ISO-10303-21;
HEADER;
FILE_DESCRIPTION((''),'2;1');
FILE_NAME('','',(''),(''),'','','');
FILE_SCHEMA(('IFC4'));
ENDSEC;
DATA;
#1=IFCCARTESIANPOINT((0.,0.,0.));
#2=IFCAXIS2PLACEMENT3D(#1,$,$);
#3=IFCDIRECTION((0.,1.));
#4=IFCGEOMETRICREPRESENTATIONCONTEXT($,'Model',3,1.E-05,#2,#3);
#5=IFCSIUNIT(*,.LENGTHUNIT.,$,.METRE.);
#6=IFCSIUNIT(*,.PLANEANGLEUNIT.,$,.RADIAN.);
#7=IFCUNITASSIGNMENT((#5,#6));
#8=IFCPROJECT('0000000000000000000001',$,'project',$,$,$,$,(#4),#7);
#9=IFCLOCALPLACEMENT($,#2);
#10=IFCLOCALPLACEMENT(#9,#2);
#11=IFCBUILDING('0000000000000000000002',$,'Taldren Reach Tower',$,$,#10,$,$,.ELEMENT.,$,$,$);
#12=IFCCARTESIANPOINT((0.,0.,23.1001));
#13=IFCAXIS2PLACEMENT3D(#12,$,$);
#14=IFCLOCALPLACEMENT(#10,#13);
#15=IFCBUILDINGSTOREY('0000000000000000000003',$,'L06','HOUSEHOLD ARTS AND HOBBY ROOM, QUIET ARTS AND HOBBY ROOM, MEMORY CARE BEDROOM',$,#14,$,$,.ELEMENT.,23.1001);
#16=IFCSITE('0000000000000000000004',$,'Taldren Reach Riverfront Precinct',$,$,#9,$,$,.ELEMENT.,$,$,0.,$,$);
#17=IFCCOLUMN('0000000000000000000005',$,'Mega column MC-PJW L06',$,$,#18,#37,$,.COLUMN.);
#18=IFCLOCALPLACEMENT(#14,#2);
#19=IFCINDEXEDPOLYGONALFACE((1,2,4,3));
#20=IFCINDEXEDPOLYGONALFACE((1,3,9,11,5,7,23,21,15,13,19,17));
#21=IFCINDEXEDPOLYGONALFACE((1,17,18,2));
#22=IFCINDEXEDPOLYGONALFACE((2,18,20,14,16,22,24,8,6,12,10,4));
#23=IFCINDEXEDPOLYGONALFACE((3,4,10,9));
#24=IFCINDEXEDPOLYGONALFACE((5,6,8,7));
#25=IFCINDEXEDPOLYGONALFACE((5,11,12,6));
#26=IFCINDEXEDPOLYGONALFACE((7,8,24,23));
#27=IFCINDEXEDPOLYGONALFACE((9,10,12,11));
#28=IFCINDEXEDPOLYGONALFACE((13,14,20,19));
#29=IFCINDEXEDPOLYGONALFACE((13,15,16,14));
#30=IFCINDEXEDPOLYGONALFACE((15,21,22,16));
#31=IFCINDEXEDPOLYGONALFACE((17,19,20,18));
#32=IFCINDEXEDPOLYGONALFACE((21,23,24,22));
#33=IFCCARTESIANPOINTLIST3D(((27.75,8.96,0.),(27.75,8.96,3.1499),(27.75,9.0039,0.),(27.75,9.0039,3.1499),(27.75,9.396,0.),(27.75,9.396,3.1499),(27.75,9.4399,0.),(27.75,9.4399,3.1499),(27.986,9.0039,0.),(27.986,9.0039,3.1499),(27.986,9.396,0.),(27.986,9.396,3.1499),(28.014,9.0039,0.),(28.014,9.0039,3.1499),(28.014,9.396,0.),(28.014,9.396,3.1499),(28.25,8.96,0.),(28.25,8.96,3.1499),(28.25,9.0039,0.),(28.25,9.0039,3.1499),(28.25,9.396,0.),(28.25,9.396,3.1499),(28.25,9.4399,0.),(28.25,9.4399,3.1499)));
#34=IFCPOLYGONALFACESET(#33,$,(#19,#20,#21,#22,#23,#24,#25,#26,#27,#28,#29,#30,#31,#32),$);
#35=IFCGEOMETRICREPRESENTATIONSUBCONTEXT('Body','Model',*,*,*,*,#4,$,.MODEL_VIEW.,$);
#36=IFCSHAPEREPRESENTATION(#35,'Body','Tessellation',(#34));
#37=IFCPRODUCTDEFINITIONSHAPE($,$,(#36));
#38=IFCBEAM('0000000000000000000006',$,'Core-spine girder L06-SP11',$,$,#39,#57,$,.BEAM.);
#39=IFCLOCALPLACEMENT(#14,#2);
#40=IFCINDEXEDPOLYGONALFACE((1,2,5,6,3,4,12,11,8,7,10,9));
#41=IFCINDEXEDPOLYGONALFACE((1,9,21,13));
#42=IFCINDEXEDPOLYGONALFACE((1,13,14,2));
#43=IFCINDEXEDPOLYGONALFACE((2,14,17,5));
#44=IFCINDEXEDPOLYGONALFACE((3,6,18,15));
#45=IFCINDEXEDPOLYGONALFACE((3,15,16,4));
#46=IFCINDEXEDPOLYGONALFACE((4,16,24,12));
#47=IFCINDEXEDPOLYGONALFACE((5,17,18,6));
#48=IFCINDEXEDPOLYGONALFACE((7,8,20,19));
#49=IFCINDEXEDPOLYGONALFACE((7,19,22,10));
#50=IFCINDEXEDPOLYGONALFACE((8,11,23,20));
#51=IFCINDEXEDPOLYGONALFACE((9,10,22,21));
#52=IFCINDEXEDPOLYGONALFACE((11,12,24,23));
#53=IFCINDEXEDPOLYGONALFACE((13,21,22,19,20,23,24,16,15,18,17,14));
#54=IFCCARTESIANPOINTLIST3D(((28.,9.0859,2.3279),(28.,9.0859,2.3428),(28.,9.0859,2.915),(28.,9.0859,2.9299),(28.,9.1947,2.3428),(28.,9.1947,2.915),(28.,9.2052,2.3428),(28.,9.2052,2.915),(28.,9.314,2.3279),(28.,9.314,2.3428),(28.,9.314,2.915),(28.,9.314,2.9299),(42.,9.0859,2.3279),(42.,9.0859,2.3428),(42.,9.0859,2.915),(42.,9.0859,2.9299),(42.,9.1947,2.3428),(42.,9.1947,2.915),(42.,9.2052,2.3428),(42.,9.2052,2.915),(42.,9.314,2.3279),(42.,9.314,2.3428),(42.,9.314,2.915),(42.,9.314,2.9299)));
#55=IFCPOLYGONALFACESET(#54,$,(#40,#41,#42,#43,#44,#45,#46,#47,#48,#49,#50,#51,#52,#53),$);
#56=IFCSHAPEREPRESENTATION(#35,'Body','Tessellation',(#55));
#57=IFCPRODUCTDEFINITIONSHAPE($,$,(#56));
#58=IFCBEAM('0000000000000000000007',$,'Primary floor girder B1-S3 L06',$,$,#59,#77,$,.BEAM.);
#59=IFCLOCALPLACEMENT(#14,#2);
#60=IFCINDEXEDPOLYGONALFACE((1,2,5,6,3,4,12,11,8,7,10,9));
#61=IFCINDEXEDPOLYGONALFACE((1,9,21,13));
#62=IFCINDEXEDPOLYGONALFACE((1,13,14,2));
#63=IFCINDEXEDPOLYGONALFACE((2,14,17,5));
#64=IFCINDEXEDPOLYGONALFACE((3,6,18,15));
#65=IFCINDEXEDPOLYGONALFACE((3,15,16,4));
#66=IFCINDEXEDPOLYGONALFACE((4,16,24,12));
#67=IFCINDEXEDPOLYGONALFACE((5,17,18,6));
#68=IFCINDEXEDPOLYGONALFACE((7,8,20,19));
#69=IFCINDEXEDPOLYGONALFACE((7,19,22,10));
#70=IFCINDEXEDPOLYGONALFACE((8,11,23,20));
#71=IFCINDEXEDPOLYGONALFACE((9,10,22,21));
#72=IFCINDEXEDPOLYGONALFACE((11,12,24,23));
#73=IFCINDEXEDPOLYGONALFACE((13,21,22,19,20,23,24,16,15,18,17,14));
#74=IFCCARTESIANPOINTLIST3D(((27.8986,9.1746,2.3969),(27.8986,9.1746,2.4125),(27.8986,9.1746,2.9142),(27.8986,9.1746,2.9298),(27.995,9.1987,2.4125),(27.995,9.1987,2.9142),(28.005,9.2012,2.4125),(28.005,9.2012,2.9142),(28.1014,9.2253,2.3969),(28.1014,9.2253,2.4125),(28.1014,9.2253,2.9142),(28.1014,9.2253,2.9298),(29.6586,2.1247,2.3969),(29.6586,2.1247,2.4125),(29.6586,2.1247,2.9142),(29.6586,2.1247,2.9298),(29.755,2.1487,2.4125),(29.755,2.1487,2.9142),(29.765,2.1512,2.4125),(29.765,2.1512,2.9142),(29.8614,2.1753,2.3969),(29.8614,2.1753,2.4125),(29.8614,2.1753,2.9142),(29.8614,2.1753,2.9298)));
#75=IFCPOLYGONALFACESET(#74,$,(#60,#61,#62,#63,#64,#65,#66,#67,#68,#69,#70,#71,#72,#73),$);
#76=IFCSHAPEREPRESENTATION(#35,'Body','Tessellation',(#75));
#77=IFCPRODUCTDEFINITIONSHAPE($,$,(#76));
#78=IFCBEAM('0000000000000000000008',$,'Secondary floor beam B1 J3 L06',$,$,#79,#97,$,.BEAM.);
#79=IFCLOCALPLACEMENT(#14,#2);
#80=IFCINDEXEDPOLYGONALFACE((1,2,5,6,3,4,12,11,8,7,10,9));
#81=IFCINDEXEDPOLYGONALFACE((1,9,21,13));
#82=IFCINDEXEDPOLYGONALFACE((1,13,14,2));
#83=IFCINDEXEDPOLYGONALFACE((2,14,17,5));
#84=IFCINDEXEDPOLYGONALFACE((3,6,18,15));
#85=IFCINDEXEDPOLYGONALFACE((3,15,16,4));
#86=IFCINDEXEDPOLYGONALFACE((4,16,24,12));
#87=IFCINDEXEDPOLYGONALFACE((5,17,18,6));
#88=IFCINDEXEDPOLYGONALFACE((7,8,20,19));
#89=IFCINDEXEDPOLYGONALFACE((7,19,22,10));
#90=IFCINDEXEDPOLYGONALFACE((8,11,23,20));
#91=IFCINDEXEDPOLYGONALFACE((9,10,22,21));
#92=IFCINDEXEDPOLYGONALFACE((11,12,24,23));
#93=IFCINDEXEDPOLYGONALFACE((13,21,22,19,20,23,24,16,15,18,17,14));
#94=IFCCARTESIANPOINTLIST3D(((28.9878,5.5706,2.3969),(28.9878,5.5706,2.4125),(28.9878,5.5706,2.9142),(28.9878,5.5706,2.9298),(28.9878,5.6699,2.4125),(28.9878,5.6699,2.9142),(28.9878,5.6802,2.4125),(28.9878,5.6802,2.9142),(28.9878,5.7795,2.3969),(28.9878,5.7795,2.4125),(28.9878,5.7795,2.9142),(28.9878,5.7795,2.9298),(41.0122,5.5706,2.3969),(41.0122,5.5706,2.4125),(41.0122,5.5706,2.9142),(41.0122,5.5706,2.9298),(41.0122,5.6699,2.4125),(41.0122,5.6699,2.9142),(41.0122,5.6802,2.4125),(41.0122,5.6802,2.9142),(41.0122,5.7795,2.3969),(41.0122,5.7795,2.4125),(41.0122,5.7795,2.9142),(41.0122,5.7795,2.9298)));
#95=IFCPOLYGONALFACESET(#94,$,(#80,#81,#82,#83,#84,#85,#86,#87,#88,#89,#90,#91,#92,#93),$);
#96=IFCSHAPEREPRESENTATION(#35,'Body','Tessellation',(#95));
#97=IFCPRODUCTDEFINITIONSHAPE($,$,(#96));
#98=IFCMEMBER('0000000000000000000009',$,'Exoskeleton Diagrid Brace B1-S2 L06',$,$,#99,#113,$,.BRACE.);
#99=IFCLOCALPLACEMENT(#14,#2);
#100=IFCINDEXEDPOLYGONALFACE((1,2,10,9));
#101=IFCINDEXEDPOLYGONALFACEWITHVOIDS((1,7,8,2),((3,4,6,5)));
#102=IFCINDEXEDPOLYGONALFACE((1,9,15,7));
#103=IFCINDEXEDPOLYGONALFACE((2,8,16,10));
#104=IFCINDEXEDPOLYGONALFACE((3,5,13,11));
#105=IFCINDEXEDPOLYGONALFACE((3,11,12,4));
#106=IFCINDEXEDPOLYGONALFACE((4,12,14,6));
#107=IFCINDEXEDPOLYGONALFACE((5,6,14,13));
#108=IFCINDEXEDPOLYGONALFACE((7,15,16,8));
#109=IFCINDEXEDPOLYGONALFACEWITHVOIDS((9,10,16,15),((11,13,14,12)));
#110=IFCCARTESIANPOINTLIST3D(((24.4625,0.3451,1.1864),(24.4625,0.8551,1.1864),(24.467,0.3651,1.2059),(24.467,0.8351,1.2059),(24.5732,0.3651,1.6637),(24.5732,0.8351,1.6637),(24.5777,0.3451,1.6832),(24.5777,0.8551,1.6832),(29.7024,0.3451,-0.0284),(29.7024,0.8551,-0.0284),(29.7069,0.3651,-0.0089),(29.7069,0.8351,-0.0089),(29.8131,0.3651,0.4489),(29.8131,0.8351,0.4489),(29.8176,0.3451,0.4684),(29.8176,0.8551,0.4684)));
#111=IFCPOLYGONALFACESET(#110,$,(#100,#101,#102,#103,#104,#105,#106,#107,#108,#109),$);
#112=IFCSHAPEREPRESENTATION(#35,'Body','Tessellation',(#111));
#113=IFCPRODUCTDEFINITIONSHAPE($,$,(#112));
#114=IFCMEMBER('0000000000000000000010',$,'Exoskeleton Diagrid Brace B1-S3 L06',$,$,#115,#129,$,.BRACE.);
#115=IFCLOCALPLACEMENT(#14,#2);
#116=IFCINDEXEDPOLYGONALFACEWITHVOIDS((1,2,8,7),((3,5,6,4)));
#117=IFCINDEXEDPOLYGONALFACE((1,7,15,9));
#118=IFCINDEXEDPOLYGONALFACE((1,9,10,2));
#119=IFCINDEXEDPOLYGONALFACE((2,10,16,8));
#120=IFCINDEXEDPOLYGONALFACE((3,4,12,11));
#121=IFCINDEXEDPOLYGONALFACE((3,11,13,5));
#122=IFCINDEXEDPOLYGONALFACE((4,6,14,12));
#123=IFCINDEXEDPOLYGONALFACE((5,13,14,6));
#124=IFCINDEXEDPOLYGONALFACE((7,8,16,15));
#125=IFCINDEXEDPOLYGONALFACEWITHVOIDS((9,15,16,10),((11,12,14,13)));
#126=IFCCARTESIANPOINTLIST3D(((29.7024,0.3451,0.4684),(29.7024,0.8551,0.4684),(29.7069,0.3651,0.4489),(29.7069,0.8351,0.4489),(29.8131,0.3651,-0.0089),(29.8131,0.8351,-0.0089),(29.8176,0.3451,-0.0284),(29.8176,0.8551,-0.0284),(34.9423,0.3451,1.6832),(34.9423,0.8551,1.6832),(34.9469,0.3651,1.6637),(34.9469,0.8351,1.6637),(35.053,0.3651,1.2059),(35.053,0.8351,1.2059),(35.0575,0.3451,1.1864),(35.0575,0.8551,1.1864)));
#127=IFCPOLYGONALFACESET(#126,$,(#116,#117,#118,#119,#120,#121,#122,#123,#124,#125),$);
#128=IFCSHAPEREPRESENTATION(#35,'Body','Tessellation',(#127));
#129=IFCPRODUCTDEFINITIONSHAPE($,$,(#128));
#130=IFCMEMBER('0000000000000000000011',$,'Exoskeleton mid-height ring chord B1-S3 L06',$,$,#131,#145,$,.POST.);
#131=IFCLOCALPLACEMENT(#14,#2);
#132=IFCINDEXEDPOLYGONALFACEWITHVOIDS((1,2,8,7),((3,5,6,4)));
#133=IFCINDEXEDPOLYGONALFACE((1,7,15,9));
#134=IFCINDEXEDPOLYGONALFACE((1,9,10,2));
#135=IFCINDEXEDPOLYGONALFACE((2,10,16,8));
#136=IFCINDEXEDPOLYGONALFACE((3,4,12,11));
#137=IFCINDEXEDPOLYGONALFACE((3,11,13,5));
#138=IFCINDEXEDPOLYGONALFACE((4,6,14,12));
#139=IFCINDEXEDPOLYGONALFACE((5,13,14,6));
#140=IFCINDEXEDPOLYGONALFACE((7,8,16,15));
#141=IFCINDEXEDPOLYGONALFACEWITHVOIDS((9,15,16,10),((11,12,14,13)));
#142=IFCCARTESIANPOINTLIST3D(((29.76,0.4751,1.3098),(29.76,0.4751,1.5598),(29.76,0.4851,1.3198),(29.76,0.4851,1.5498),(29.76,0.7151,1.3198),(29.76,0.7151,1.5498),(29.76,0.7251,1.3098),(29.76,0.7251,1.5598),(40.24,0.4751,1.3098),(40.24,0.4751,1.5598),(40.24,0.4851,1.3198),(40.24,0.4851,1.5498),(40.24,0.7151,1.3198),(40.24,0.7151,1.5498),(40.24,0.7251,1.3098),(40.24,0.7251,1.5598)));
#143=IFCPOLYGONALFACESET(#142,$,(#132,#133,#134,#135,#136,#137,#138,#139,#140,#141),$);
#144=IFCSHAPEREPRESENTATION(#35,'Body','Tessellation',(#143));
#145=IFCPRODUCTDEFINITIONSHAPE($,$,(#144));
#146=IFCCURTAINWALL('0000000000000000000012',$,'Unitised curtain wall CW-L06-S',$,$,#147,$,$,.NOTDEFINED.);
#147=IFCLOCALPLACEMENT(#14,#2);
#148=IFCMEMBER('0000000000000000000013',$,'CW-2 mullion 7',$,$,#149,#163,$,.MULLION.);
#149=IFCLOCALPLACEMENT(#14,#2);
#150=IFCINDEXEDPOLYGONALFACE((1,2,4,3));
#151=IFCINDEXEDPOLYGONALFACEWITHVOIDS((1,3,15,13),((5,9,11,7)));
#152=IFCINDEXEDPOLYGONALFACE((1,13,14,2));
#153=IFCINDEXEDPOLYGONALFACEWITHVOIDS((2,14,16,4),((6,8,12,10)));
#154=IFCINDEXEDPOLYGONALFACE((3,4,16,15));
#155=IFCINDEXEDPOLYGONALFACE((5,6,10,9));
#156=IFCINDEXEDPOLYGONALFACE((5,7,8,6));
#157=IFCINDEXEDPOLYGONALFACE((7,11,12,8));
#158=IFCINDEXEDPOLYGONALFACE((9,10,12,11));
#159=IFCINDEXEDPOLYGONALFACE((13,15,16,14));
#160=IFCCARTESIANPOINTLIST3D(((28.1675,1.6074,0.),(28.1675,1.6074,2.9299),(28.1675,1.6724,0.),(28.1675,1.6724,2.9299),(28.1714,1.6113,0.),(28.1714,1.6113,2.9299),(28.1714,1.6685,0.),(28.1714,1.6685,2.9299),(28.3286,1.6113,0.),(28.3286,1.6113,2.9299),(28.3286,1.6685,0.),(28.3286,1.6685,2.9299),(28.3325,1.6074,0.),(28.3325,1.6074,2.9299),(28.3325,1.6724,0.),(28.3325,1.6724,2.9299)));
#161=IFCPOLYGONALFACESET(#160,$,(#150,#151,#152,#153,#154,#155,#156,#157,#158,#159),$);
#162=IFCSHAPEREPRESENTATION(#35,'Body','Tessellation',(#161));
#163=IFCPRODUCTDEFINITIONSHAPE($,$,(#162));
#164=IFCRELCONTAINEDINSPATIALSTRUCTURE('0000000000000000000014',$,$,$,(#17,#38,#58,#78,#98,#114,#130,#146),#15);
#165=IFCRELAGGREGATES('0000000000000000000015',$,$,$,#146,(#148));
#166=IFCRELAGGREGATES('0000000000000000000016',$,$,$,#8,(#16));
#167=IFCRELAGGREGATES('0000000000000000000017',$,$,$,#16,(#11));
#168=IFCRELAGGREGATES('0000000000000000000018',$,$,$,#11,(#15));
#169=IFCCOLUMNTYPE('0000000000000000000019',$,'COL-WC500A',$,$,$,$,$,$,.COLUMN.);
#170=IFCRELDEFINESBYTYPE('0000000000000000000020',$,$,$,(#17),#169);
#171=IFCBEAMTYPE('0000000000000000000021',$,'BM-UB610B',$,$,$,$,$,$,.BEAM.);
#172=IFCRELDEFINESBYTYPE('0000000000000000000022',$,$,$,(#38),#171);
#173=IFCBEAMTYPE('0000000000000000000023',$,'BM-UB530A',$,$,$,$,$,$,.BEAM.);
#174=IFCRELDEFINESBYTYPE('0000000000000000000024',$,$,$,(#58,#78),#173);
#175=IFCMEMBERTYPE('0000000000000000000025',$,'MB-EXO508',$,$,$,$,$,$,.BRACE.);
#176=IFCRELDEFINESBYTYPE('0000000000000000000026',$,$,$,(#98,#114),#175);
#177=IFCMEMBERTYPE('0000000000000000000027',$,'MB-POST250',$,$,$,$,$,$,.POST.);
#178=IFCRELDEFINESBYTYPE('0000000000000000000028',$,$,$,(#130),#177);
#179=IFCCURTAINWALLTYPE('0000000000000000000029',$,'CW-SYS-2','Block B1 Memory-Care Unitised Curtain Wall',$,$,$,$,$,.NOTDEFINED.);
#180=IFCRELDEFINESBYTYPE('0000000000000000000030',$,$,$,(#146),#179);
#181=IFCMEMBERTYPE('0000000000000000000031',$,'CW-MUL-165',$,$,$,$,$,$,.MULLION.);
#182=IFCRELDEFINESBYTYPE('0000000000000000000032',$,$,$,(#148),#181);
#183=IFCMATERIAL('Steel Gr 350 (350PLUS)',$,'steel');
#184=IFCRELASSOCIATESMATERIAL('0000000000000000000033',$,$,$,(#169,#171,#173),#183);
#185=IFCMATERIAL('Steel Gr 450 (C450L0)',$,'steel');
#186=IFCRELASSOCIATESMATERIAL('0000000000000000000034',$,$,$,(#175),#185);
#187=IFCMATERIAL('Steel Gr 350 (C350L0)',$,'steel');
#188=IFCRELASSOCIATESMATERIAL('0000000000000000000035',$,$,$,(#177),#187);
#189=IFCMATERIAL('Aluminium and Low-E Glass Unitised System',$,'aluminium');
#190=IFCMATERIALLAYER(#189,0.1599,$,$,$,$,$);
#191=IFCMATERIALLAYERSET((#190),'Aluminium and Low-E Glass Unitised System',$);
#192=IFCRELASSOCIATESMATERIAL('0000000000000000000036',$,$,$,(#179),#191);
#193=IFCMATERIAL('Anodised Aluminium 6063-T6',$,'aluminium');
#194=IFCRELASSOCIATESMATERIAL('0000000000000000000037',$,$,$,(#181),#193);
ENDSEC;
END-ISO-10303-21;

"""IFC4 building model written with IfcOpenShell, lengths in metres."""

from ifc_helpers import new_model, si_unit, direction, frame, origin, origin_2d, place, context, subcontext, project, spatial, hollow_rectangle, i_section, extrude, source, transform, mapped, material, layer, layer_set, material_profile, profile_set, type_object, element, aggregate, save


model = new_model("IFC4")

# Units and contexts
model_context = context("Model", 3, precision=1e-05, world=origin(), true_north=direction((0.0, 1.0)))
body_context = subcontext(model_context, "Body", "Model", "MODEL_VIEW")
ifc_project = project(units=[si_unit("LENGTHUNIT", "METRE"), si_unit("PLANEANGLEUNIT", "RADIAN")], contexts=[model_context])

# Site, building, storey
site_placement = place(None, origin())
site = spatial("IfcSite", under=ifc_project, at=site_placement, Name="Taldren Reach Riverfront Precinct", CompositionType="ELEMENT", RefElevation=0.0)
building_placement = place(site_placement, origin())
building = spatial("IfcBuilding", under=site, at=building_placement, Name="Taldren Reach Tower", CompositionType="ELEMENT")
storey_placement = place(building_placement, frame((0.0, 0.0, 23.1001)))
storey = spatial("IfcBuildingStorey", under=building, at=storey_placement, Name="L06", Description="HOUSEHOLD ARTS AND HOBBY ROOM, QUIET ARTS AND HOBBY ROOM, MEMORY CARE BEDROOM", CompositionType="ELEMENT", Elevation=23.1001)

# Column
ifc_material_1 = material(Name="Steel Gr 350 (350PLUS)", Category="steel")
ifc_material_profile_1 = material_profile(ifc_material_1, i_section(OverallWidth=0.5, OverallDepth=0.48, WebThickness=0.0281, FlangeThickness=0.0439, at=origin_2d()), Name="500WC440")
ifc_profile_set_1 = profile_set([ifc_material_profile_1], Name="Steel Gr 350 (350PLUS)")
column_type = type_object("IfcColumnType", Name="COL-WC500A", PredefinedType="COLUMN", material=ifc_profile_set_1)
shared_shape_1 = source(origin(), body_context, "Body", "SweptSolid", [
    extrude(i_section(OverallWidth=0.5, OverallDepth=0.48, WebThickness=0.0281, FlangeThickness=0.0439, at=origin_2d()), origin(), (0.0, 0.0, 1.0), 3.1499),
])
column_placement = place(storey_placement, frame((28.0, 9.2, 0.0), z_axis=(0.0, 0.0, 1.0), x_axis=(1.0, 0.0, 0.0)))
element("IfcColumn", 1, at=column_placement, inside=storey, type_object=column_type, Name="Mega column MC-PJW L06", PredefinedType="COLUMN", context=body_context, shape_type="MappedRepresentation", body=[
    mapped(shared_shape_1, transform((0.0, 0.0, 0.0), scale=1.0)),
])

# Beams
ifc_material_profile_2 = material_profile(ifc_material_1, i_section(OverallWidth=0.228, OverallDepth=0.6021, WebThickness=0.0105, FlangeThickness=0.0149, at=origin_2d()), Name="610UB101")
ifc_profile_set_2 = profile_set([ifc_material_profile_2], Name="Steel Gr 350 (350PLUS)")
beam_type_1 = type_object("IfcBeamType", Name="BM-UB610B", PredefinedType="BEAM", material=ifc_profile_set_2)
shared_shape_2 = source(origin(), body_context, "Body", "SweptSolid", [
    extrude(i_section(OverallWidth=0.228, OverallDepth=0.6021, WebThickness=0.0105, FlangeThickness=0.0149, at=origin_2d()), origin(), (0.0, 0.0, 1.0), 14.0),
])
beam_1_placement = place(storey_placement, frame((28.0, 9.2, 2.6289), z_axis=(1.0, 0.0, 0.0), x_axis=(0.0, 1.0, 0.0)))
element("IfcBeam", 2, at=beam_1_placement, inside=storey, type_object=beam_type_1, Name="Core-spine girder L06-SP11", PredefinedType="BEAM", context=body_context, shape_type="MappedRepresentation", body=[
    mapped(shared_shape_2, transform((0.0, 0.0, 0.0), scale=1.0)),
])
ifc_material_profile_3 = material_profile(ifc_material_1, i_section(OverallWidth=0.209, OverallDepth=0.533, WebThickness=0.0103, FlangeThickness=0.0156, at=origin_2d()), Name="530UB92.4")
ifc_profile_set_3 = profile_set([ifc_material_profile_3], Name="Steel Gr 350 (350PLUS)")
beam_type_2 = type_object("IfcBeamType", Name="BM-UB530A", PredefinedType="BEAM", material=ifc_profile_set_3)
shared_shape_3 = source(origin(), body_context, "Body", "SweptSolid", [
    extrude(i_section(OverallWidth=0.209, OverallDepth=0.533, WebThickness=0.0103, FlangeThickness=0.0156, at=origin_2d()), origin(), (0.0, 0.0, 1.0), 7.2664),
])
beam_2_placement = place(storey_placement, frame((28.0, 9.2, 2.6633), z_axis=(0.242211, -0.970223, 0.0), x_axis=(0.970223, 0.242211, 0.0)))
element("IfcBeam", 3, at=beam_2_placement, inside=storey, type_object=beam_type_2, Name="Primary floor girder B1-S3 L06", PredefinedType="BEAM", context=body_context, shape_type="MappedRepresentation", body=[
    mapped(shared_shape_3, transform((0.0, 0.0, 0.0), scale=1.0)),
])
shared_shape_4 = source(origin(), body_context, "Body", "SweptSolid", [
    extrude(i_section(OverallWidth=0.209, OverallDepth=0.533, WebThickness=0.0103, FlangeThickness=0.0156, at=origin_2d()), origin(), (0.0, 0.0, 1.0), 12.0244),
])
beam_3_placement = place(storey_placement, frame((28.9878, 5.675, 2.6633), z_axis=(1.0, 0.0, 0.0), x_axis=(0.0, 1.0, 0.0)))
element("IfcBeam", 4, at=beam_3_placement, inside=storey, type_object=beam_type_2, Name="Secondary floor beam B1 J3 L06", PredefinedType="BEAM", context=body_context, shape_type="MappedRepresentation", body=[
    mapped(shared_shape_4, transform((0.0, 0.0, 0.0), scale=1.0)),
])

# Members
ifc_material_2 = material(Name="Steel Gr 450 (C450L0)", Category="steel")
ifc_material_profile_4 = material_profile(ifc_material_2, hollow_rectangle(XDim=0.51, YDim=0.51, WallThickness=0.02, at=origin_2d()), Name="510x510x20.0SHS")
ifc_profile_set_4 = profile_set([ifc_material_profile_4], Name="Steel Gr 450 (C450L0)")
member_type_1 = type_object("IfcMemberType", Name="MB-EXO508", PredefinedType="BRACE", material=ifc_profile_set_4)
shared_shape_5 = source(origin(), body_context, "Body", "SweptSolid", [
    extrude(hollow_rectangle(XDim=0.51, YDim=0.51, WallThickness=0.02, at=origin_2d()), origin(), (0.0, 0.0, 1.0), 5.3789),
])
for number, where, z_axis, x_axis, name in (
    (5, (29.76, 0.6001, 0.22), (-0.974162, 0.0, 0.225851), (0.0, -1.0, 0.0), "Exoskeleton Diagrid Brace B1-S2 L06"),
    (6, (29.76, 0.6001, 0.22), (0.974162, 0.0, 0.225851), (0.0, 1.0, 0.0), "Exoskeleton Diagrid Brace B1-S3 L06"),
):
    element("IfcMember", number, at=place(storey_placement, frame(where, z_axis=z_axis, x_axis=x_axis)), inside=storey, type_object=member_type_1, Name=name, PredefinedType="BRACE", context=body_context, shape_type="MappedRepresentation", body=[
        mapped(shared_shape_5, transform((0.0, 0.0, 0.0), scale=1.0)),
    ])
ifc_material_3 = material(Name="Steel Gr 350 (C350L0)", Category="steel")
ifc_material_profile_5 = material_profile(ifc_material_3, hollow_rectangle(XDim=0.25, YDim=0.25, WallThickness=0.01, at=origin_2d()), Name="250x250x10.0SHS")
ifc_profile_set_5 = profile_set([ifc_material_profile_5], Name="Steel Gr 350 (C350L0)")
member_type_2 = type_object("IfcMemberType", Name="MB-POST250", PredefinedType="POST", material=ifc_profile_set_5)
shared_shape_6 = source(origin(), body_context, "Body", "SweptSolid", [
    extrude(hollow_rectangle(XDim=0.25, YDim=0.25, WallThickness=0.01, at=origin_2d()), origin(), (0.0, 0.0, 1.0), 10.48),
])
member_1_placement = place(storey_placement, frame((29.76, 0.6001, 1.4348), z_axis=(1.0, 0.0, 0.0), x_axis=(0.0, 1.0, 0.0)))
element("IfcMember", 7, at=member_1_placement, inside=storey, type_object=member_type_2, Name="Exoskeleton mid-height ring chord B1-S3 L06", PredefinedType="POST", context=body_context, shape_type="MappedRepresentation", body=[
    mapped(shared_shape_6, transform((0.0, 0.0, 0.0), scale=1.0)),
])

# Curtain wall, member
ifc_material_4 = material(Name="Aluminium and Low-E Glass Unitised System", Category="aluminium")
ifc_layer_1 = layer(ifc_material_4, 0.1599)
ifc_layer_set_1 = layer_set([ifc_layer_1], Name="Aluminium and Low-E Glass Unitised System")
curtain_wall_type = type_object("IfcCurtainWallType", Name="CW-SYS-2", Description="Block B1 Memory-Care Unitised Curtain Wall", PredefinedType="NOTDEFINED", material=ifc_layer_set_1)
curtain_wall_placement = place(storey_placement, origin())
curtain_wall = element("IfcCurtainWall", 8, at=curtain_wall_placement, inside=storey, type_object=curtain_wall_type, Name="Unitised curtain wall CW-L06-S", PredefinedType="NOTDEFINED")
ifc_material_5 = material(Name="Anodised Aluminium 6063-T6", Category="aluminium")
ifc_material_profile_6 = material_profile(ifc_material_5, hollow_rectangle(XDim=0.0649, YDim=0.165, WallThickness=0.0039, at=origin_2d()), Name="ALU-165x65x4RHS")
ifc_profile_set_6 = profile_set([ifc_material_profile_6], Name="Anodised Aluminium 6063-T6")
member_type_3 = type_object("IfcMemberType", Name="CW-MUL-165", PredefinedType="MULLION", material=ifc_profile_set_6)
shared_shape_7 = source(origin(), body_context, "Body", "SweptSolid", [
    extrude(hollow_rectangle(XDim=0.0649, YDim=0.165, WallThickness=0.0039, at=origin_2d()), origin(), (0.0, 0.0, 1.0), 2.9299),
])
member_2_placement = place(storey_placement, frame((28.25, 1.6399, 0.0), z_axis=(0.0, 0.0, 1.0), x_axis=(0.0, 1.0, 0.0)))
member_2 = element("IfcMember", 9, at=member_2_placement, type_object=member_type_3, Name="CW-2 mullion 7", PredefinedType="MULLION", context=body_context, shape_type="MappedRepresentation", body=[
    mapped(shared_shape_7, transform((0.0, 0.0, 0.0), scale=1.0)),
])

aggregate(curtain_wall, [member_2])

save(model, "model.ifc")
